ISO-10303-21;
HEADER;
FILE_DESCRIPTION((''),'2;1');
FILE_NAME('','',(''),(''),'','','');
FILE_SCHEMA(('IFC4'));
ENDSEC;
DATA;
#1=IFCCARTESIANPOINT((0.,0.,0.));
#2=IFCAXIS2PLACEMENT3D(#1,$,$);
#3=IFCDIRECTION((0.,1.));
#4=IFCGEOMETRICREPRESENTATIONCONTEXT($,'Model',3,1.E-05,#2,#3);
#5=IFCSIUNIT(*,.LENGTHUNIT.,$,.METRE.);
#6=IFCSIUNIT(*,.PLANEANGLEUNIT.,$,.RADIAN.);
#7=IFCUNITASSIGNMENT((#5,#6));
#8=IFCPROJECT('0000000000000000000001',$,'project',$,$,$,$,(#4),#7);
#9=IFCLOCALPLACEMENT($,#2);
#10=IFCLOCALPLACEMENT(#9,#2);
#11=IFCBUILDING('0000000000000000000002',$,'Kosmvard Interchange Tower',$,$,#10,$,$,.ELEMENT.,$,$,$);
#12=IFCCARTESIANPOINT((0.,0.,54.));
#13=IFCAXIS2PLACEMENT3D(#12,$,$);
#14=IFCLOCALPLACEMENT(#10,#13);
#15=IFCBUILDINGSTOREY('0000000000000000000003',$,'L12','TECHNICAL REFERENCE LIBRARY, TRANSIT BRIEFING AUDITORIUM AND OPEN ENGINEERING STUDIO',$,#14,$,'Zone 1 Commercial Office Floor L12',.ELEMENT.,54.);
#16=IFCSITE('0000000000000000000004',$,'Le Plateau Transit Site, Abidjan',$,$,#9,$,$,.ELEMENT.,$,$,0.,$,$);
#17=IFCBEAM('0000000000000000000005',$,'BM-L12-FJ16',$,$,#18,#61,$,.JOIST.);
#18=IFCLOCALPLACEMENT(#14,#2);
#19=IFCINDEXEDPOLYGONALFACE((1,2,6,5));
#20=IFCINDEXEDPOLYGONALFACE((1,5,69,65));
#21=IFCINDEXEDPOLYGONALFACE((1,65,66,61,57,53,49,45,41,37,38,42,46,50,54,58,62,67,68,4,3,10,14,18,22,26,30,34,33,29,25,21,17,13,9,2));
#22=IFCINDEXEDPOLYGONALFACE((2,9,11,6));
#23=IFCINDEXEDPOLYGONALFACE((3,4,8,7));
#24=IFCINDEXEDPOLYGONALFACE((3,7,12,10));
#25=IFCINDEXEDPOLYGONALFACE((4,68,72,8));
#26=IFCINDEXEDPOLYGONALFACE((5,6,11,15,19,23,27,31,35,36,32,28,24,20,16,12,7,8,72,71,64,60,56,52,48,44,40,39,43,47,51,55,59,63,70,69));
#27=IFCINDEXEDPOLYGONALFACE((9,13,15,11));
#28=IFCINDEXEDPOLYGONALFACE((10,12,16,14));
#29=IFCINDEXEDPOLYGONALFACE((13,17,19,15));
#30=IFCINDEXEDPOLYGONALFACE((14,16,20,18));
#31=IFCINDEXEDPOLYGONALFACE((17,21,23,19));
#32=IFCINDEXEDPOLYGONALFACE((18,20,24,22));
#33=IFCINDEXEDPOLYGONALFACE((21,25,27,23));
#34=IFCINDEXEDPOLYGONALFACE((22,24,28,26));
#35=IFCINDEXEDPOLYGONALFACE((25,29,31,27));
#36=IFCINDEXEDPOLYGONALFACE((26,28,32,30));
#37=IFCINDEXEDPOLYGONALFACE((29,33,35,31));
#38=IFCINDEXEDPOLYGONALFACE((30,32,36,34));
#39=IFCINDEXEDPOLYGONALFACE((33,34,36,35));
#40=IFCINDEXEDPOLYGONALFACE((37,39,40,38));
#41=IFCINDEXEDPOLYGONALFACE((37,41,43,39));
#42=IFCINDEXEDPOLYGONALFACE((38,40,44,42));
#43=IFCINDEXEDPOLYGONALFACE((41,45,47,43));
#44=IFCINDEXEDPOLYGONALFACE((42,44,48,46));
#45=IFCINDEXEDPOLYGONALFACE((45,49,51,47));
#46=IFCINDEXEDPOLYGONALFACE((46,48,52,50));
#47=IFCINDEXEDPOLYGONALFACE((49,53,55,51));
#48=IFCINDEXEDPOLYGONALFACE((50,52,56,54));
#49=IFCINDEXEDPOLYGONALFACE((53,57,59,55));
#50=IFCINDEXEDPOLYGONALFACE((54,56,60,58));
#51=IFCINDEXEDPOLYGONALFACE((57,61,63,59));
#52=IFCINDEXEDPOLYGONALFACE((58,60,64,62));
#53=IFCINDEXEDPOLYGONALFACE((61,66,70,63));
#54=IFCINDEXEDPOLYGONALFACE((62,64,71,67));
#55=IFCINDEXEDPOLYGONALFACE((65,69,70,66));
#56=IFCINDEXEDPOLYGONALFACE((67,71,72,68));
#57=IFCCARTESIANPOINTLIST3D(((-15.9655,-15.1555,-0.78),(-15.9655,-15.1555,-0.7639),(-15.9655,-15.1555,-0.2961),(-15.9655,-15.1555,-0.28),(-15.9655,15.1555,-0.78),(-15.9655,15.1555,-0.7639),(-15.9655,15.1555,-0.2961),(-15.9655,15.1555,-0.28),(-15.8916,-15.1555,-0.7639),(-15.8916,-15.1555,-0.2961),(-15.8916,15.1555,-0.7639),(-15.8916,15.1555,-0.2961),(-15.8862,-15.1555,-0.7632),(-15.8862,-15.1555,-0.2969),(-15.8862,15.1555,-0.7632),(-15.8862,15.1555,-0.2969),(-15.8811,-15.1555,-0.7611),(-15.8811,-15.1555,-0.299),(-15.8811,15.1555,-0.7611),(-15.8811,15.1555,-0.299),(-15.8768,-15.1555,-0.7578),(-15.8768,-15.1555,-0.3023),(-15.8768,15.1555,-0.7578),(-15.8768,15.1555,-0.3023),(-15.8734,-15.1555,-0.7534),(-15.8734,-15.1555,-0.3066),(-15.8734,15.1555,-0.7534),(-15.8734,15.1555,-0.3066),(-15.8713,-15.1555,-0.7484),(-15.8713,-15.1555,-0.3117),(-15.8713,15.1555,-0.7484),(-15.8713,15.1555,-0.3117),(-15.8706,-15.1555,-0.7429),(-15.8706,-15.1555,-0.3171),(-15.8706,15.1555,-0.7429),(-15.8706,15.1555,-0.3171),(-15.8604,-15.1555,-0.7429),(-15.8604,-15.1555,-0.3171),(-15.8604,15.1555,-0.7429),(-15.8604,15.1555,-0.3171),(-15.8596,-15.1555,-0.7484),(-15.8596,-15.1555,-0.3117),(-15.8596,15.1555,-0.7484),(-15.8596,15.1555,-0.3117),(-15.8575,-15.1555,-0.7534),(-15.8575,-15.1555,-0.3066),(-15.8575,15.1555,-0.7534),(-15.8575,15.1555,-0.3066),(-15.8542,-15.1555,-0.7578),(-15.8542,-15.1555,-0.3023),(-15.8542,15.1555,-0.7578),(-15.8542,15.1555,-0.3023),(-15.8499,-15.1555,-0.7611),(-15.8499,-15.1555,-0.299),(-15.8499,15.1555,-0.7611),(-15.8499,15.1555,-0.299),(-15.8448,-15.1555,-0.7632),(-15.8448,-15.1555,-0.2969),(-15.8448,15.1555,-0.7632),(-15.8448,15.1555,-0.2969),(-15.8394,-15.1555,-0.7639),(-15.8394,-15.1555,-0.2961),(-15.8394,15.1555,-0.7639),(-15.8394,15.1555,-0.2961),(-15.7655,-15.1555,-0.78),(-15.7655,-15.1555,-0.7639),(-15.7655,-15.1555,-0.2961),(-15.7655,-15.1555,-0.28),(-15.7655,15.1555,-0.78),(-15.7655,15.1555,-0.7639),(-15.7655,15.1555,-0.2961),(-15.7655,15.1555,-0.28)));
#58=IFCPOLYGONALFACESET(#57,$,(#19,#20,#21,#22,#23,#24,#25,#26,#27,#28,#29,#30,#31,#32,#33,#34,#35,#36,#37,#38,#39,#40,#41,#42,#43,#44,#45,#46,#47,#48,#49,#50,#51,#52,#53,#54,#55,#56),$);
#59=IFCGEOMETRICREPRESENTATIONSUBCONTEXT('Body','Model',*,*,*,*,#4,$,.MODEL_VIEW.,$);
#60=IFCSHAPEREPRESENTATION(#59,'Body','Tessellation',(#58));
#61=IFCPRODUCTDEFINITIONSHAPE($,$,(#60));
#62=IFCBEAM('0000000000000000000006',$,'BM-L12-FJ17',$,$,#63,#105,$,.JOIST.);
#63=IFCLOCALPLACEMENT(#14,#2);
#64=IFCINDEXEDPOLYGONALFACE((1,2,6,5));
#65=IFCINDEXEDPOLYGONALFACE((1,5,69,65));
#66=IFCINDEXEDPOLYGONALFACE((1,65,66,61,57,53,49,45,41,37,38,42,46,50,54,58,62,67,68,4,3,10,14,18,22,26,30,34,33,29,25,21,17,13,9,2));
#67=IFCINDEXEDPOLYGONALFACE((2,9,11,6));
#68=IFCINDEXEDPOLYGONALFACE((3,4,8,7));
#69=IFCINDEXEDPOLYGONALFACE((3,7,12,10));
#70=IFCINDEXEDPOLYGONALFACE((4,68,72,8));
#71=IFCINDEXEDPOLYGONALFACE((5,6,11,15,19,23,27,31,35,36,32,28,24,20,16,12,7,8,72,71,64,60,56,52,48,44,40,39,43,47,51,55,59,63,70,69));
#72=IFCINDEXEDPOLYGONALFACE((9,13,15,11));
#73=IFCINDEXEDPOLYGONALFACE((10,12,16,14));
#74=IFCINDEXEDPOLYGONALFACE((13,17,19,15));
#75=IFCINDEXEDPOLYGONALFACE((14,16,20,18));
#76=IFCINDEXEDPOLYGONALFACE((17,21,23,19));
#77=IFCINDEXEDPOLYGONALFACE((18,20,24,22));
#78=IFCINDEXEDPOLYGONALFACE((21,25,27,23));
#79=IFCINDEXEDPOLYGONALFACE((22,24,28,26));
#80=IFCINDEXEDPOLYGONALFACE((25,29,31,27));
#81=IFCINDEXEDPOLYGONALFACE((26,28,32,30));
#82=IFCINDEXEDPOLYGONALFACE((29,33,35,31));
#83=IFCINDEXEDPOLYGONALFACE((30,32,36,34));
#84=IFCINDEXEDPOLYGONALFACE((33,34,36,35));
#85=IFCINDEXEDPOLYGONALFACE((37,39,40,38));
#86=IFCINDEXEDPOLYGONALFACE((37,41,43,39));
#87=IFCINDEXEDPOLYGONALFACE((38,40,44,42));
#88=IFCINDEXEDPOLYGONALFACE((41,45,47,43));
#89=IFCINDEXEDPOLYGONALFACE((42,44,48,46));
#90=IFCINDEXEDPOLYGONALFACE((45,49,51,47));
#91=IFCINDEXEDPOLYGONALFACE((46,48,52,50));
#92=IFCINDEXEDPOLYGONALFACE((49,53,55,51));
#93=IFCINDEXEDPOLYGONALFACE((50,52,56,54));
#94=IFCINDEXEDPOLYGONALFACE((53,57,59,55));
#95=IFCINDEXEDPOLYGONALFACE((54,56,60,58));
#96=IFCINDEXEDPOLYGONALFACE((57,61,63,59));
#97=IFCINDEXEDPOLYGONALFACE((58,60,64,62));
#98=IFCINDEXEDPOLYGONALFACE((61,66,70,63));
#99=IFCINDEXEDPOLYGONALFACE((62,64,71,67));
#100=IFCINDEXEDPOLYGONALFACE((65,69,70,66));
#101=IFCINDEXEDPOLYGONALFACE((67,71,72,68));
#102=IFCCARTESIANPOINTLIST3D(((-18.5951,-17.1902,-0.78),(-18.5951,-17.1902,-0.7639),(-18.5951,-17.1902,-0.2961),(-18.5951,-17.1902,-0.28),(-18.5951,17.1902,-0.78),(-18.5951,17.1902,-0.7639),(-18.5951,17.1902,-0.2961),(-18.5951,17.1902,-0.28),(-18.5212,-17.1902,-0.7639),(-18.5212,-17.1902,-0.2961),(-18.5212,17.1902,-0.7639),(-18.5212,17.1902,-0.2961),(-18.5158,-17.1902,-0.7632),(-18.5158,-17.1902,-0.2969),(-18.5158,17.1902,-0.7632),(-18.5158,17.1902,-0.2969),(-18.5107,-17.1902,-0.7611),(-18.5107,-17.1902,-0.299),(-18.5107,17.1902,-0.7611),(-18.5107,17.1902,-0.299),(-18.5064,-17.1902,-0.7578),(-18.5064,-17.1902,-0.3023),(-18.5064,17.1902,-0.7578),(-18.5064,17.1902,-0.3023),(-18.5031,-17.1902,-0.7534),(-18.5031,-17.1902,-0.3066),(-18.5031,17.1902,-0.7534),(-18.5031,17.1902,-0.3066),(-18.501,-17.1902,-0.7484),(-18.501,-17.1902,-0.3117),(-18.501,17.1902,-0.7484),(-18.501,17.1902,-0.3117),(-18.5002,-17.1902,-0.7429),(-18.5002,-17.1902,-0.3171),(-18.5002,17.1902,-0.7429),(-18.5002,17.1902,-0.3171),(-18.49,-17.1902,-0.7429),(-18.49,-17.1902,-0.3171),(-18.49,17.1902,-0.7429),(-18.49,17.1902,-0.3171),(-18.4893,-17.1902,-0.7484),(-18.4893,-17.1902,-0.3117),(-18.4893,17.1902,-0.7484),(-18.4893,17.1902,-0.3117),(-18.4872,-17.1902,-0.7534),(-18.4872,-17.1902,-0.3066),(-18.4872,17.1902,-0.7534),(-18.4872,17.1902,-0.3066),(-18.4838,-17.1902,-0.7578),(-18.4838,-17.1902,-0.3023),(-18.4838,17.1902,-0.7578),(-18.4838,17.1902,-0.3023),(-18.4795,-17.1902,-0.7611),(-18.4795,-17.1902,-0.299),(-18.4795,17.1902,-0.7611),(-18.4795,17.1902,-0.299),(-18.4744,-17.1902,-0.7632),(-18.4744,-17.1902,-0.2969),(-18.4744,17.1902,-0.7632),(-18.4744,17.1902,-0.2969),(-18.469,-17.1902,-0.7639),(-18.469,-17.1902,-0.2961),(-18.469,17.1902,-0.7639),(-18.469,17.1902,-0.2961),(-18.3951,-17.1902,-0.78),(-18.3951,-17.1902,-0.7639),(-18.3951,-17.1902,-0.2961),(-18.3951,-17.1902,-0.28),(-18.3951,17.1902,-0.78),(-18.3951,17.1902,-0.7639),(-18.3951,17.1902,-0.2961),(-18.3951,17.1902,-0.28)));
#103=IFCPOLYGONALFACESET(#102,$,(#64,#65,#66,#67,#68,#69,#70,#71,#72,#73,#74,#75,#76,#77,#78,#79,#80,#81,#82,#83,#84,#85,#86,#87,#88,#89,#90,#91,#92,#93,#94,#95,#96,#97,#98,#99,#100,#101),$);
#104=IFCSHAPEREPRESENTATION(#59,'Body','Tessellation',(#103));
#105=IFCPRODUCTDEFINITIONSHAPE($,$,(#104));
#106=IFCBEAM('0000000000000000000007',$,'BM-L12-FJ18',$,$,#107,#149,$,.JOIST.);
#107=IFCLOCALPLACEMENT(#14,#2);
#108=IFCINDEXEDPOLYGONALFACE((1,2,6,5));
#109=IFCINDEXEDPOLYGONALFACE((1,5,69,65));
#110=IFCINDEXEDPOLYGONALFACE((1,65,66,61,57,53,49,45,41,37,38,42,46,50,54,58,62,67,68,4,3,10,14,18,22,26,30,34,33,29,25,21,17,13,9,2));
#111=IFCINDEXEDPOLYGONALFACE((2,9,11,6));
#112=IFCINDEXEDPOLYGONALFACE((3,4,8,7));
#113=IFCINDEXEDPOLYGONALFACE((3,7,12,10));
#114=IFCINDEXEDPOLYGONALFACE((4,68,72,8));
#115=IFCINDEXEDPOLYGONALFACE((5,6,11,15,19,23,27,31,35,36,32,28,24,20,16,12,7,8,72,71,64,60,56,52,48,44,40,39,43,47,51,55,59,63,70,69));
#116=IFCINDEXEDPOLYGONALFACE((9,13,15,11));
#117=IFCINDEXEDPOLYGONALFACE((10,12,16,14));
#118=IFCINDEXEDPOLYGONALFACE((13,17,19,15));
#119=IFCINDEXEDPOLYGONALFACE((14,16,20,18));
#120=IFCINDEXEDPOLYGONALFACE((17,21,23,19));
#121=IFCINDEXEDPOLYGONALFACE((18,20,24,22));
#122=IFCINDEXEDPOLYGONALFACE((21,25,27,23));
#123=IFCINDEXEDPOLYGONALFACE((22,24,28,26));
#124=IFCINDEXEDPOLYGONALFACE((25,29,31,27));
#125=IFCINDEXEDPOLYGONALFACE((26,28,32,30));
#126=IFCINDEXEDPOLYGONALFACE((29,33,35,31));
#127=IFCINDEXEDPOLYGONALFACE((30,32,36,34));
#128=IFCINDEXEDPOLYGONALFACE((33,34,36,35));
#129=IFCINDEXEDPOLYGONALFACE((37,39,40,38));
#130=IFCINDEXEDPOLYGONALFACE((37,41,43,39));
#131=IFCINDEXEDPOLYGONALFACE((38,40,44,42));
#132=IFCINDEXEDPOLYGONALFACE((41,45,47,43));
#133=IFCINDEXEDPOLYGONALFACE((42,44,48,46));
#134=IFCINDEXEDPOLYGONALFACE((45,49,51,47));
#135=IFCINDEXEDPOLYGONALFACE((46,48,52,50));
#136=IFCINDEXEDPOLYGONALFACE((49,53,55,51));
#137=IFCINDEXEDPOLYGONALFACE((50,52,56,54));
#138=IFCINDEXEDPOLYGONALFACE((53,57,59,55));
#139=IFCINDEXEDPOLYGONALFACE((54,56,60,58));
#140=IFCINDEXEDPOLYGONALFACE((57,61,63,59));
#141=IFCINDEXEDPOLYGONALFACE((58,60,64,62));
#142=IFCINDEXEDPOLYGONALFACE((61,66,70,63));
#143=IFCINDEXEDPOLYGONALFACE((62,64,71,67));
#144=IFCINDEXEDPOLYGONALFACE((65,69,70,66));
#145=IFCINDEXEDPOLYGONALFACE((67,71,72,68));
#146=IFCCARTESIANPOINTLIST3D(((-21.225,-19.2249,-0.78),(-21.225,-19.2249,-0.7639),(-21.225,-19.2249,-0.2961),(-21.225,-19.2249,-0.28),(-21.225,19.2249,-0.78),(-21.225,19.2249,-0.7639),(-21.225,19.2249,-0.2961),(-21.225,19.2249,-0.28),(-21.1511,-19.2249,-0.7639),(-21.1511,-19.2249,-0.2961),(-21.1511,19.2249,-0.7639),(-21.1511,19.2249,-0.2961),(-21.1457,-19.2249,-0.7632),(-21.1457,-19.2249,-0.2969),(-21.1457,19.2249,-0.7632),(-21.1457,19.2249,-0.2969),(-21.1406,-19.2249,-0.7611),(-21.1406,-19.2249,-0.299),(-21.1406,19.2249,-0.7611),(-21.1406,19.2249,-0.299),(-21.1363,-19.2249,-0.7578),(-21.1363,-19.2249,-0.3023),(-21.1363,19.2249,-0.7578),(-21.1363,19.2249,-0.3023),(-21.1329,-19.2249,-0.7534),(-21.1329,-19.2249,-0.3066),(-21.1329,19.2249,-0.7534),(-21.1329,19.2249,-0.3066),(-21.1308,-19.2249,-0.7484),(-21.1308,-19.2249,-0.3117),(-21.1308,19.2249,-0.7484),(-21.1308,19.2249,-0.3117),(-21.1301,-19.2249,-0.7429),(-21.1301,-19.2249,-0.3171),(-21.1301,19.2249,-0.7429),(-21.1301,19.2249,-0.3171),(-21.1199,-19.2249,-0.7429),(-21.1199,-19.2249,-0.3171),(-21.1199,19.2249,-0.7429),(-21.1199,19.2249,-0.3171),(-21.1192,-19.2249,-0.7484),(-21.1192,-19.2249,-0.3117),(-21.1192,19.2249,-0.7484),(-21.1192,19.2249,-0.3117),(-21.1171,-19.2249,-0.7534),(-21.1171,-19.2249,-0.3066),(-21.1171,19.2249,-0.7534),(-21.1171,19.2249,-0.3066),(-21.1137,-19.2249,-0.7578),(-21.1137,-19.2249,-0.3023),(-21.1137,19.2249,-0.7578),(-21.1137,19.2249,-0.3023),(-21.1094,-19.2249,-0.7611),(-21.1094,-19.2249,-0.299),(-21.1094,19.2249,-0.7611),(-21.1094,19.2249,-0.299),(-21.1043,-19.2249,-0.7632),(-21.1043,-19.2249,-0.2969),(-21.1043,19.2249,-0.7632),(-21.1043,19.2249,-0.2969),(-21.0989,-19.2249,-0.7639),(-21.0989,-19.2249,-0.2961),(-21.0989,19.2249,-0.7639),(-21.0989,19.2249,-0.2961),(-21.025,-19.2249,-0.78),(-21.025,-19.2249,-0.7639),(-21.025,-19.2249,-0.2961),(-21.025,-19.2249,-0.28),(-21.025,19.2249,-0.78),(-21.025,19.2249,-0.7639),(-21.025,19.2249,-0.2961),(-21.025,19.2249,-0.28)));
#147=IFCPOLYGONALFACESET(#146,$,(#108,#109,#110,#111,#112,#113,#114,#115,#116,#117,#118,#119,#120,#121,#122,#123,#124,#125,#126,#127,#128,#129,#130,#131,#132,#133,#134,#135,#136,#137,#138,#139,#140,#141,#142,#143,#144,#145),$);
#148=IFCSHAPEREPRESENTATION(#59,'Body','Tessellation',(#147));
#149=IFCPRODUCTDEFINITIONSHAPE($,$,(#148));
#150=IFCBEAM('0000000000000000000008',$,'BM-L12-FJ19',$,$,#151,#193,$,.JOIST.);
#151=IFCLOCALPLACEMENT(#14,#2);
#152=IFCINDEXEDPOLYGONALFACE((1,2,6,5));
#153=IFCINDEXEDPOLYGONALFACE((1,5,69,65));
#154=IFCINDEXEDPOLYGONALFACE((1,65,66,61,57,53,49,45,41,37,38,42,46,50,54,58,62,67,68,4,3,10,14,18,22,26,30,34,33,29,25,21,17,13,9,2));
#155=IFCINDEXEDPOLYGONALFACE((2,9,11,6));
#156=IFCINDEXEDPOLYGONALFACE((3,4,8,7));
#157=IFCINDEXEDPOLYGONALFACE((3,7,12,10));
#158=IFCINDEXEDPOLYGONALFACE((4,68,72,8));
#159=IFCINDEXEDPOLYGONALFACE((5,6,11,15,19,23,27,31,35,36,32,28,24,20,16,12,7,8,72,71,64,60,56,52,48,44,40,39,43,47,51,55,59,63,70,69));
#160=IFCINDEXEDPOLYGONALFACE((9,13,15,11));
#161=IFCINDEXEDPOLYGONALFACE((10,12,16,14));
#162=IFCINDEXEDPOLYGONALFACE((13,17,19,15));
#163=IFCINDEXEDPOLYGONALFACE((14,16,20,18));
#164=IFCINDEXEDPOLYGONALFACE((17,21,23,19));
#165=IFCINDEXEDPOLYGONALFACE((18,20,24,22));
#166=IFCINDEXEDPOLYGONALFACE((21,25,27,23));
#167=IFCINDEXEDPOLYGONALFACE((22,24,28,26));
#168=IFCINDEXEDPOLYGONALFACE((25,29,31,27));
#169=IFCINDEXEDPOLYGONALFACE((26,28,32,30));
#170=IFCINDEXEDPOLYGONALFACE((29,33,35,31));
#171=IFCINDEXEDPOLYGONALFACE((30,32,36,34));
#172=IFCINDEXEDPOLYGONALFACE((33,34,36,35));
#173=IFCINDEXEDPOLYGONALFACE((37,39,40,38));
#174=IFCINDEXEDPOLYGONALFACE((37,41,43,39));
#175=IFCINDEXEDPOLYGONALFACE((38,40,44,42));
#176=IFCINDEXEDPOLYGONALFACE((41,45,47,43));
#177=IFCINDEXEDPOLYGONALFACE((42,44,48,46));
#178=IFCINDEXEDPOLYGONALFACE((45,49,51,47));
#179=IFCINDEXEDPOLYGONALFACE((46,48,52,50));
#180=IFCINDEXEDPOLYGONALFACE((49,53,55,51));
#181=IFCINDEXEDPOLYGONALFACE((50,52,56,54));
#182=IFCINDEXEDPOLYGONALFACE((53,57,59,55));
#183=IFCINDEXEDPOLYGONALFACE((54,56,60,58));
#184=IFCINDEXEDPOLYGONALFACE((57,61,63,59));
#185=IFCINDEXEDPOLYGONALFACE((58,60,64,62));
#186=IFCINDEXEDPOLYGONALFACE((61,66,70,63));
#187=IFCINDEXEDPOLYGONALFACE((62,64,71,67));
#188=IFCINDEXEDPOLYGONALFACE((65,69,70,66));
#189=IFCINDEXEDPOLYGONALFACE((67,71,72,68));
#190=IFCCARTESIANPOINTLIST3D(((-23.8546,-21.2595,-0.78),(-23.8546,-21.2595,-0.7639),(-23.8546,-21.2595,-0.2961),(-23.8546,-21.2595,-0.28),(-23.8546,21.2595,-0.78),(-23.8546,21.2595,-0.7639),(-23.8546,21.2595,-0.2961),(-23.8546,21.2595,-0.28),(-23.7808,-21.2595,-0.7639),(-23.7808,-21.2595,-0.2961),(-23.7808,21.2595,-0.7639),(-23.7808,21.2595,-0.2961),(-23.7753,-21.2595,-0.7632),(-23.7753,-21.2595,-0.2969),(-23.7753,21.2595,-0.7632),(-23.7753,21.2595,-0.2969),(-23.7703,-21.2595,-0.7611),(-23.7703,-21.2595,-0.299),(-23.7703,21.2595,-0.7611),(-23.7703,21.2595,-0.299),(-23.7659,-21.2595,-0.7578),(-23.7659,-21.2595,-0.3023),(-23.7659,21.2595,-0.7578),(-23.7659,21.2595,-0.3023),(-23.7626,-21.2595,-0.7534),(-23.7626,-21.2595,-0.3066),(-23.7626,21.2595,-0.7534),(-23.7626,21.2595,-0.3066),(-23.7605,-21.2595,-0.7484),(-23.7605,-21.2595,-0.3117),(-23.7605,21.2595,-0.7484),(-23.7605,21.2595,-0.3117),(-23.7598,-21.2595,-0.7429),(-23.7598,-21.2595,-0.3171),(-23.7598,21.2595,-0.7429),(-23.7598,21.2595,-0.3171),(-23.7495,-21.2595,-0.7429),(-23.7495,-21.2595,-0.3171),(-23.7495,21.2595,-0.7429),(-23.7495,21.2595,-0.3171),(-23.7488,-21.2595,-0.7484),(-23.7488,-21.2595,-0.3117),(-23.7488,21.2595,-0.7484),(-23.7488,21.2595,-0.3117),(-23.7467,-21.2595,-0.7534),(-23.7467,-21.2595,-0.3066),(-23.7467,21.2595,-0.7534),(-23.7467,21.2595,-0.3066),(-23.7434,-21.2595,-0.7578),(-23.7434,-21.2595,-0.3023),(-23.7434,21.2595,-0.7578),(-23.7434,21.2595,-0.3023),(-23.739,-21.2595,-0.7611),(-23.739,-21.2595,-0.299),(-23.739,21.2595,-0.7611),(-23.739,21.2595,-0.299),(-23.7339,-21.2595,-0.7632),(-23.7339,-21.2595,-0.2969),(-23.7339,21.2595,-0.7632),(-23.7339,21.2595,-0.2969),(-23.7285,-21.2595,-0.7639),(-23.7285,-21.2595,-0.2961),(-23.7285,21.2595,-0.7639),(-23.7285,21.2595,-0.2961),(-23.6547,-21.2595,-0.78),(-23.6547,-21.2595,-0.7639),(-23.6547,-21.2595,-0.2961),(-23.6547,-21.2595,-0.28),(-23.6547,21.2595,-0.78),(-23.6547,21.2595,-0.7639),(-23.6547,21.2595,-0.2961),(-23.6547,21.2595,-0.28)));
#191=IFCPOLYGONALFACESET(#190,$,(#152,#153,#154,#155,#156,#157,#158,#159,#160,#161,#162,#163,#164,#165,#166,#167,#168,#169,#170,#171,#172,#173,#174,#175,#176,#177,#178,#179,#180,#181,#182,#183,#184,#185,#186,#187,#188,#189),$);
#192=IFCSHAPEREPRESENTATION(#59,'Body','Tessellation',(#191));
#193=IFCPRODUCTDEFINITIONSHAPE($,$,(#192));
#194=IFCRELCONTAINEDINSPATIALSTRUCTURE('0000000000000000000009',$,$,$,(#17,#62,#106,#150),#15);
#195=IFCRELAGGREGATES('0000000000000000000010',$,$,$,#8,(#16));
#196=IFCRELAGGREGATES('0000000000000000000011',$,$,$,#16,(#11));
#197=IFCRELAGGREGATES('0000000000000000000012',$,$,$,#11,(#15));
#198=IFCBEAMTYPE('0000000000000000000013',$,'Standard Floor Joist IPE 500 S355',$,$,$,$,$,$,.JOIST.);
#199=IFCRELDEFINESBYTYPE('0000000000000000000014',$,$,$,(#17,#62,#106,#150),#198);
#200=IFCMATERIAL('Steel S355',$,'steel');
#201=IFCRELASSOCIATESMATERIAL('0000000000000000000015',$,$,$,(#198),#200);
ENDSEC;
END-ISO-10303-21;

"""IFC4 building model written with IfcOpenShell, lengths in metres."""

from ifc_helpers import new_model, si_unit, direction, frame, origin, origin_2d, place, context, subcontext, project, spatial, i_section, extrude, source, transform, mapped, material, material_profile, profile_set, type_object, element, save


model = new_model("IFC4")

# Units and contexts
model_context = context("Model", 3, precision=1e-05, world=origin(), true_north=direction((0.0, 1.0)))
body_context = subcontext(model_context, "Body", "Model", "MODEL_VIEW")
ifc_project = project(units=[si_unit("LENGTHUNIT", "METRE"), si_unit("PLANEANGLEUNIT", "RADIAN")], contexts=[model_context])

# Site, building, storey
site_placement = place(None, origin())
site = spatial("IfcSite", under=ifc_project, at=site_placement, Name="Le Plateau Transit Site, Abidjan", CompositionType="ELEMENT", RefElevation=0.0)
building_placement = place(site_placement, origin())
building = spatial("IfcBuilding", under=site, at=building_placement, Name="Kosmvard Interchange Tower", CompositionType="ELEMENT")
storey_placement = place(building_placement, frame((0.0, 0.0, 54.0)))
storey = spatial("IfcBuildingStorey", under=building, at=storey_placement, Name="L12", Description="TECHNICAL REFERENCE LIBRARY, TRANSIT BRIEFING AUDITORIUM AND OPEN ENGINEERING STUDIO", LongName="Zone 1 Commercial Office Floor L12", CompositionType="ELEMENT", Elevation=54.0)

# Beams
ifc_material_1 = material(Name="Steel S355", Category="steel")
ifc_material_profile_1 = material_profile(ifc_material_1, i_section(OverallWidth=0.2, OverallDepth=0.5, WebThickness=0.0103, FlangeThickness=0.0161, FilletRadius=0.021, at=origin_2d()), Name="IPE 500")
ifc_profile_set_1 = profile_set([ifc_material_profile_1], Name="Steel S355")
beam_type_1 = type_object("IfcBeamType", Name="Standard Floor Joist IPE 500 S355", PredefinedType="JOIST", material=ifc_profile_set_1)
shared_shape_1 = source(origin(), body_context, "Body", "SweptSolid", [
    extrude(i_section(OverallWidth=0.2, OverallDepth=0.5, WebThickness=0.0103, FlangeThickness=0.0161, FilletRadius=0.021, at=origin_2d()), origin(), (0.0, 0.0, 1.0), 30.311),
])
beam_1_placement = place(storey_placement, frame((-15.8655, 15.1555, -0.53), z_axis=(0.0, -1.0, 0.0), x_axis=(1.0, 0.0, 0.0)))
element("IfcBeam", 1, at=beam_1_placement, inside=storey, type_object=beam_type_1, Name="BM-L12-FJ16", PredefinedType="JOIST", context=body_context, shape_type="MappedRepresentation", body=[
    mapped(shared_shape_1, transform((0.0, 0.0, 0.0), scale=1.0)),
])
shared_shape_2 = source(origin(), body_context, "Body", "SweptSolid", [
    extrude(i_section(OverallWidth=0.2, OverallDepth=0.5, WebThickness=0.0103, FlangeThickness=0.0161, FilletRadius=0.021, at=origin_2d()), origin(), (0.0, 0.0, 1.0), 34.3804),
])
beam_2_placement = place(storey_placement, frame((-18.4951, 17.1902, -0.53), z_axis=(0.0, -1.0, 0.0), x_axis=(1.0, 0.0, 0.0)))
element("IfcBeam", 2, at=beam_2_placement, inside=storey, type_object=beam_type_1, Name="BM-L12-FJ17", PredefinedType="JOIST", context=body_context, shape_type="MappedRepresentation", body=[
    mapped(shared_shape_2, transform((0.0, 0.0, 0.0), scale=1.0)),
])
shared_shape_3 = source(origin(), body_context, "Body", "SweptSolid", [
    extrude(i_section(OverallWidth=0.2, OverallDepth=0.5, WebThickness=0.0103, FlangeThickness=0.0161, FilletRadius=0.021, at=origin_2d()), origin(), (0.0, 0.0, 1.0), 38.4497),
])
beam_3_placement = place(storey_placement, frame((-21.125, 19.2249, -0.53), z_axis=(0.0, -1.0, 0.0), x_axis=(1.0, 0.0, 0.0)))
element("IfcBeam", 3, at=beam_3_placement, inside=storey, type_object=beam_type_1, Name="BM-L12-FJ18", PredefinedType="JOIST", context=body_context, shape_type="MappedRepresentation", body=[
    mapped(shared_shape_3, transform((0.0, 0.0, 0.0), scale=1.0)),
])
shared_shape_4 = source(origin(), body_context, "Body", "SweptSolid", [
    extrude(i_section(OverallWidth=0.2, OverallDepth=0.5, WebThickness=0.0103, FlangeThickness=0.0161, FilletRadius=0.021, at=origin_2d()), origin(), (0.0, 0.0, 1.0), 42.519),
])
beam_4_placement = place(storey_placement, frame((-23.7546, 21.2595, -0.53), z_axis=(0.0, -1.0, 0.0), x_axis=(1.0, 0.0, 0.0)))
element("IfcBeam", 4, at=beam_4_placement, inside=storey, type_object=beam_type_1, Name="BM-L12-FJ19", PredefinedType="JOIST", context=body_context, shape_type="MappedRepresentation", body=[
    mapped(shared_shape_4, transform((0.0, 0.0, 0.0), scale=1.0)),
])

save(model, "model.ifc")
